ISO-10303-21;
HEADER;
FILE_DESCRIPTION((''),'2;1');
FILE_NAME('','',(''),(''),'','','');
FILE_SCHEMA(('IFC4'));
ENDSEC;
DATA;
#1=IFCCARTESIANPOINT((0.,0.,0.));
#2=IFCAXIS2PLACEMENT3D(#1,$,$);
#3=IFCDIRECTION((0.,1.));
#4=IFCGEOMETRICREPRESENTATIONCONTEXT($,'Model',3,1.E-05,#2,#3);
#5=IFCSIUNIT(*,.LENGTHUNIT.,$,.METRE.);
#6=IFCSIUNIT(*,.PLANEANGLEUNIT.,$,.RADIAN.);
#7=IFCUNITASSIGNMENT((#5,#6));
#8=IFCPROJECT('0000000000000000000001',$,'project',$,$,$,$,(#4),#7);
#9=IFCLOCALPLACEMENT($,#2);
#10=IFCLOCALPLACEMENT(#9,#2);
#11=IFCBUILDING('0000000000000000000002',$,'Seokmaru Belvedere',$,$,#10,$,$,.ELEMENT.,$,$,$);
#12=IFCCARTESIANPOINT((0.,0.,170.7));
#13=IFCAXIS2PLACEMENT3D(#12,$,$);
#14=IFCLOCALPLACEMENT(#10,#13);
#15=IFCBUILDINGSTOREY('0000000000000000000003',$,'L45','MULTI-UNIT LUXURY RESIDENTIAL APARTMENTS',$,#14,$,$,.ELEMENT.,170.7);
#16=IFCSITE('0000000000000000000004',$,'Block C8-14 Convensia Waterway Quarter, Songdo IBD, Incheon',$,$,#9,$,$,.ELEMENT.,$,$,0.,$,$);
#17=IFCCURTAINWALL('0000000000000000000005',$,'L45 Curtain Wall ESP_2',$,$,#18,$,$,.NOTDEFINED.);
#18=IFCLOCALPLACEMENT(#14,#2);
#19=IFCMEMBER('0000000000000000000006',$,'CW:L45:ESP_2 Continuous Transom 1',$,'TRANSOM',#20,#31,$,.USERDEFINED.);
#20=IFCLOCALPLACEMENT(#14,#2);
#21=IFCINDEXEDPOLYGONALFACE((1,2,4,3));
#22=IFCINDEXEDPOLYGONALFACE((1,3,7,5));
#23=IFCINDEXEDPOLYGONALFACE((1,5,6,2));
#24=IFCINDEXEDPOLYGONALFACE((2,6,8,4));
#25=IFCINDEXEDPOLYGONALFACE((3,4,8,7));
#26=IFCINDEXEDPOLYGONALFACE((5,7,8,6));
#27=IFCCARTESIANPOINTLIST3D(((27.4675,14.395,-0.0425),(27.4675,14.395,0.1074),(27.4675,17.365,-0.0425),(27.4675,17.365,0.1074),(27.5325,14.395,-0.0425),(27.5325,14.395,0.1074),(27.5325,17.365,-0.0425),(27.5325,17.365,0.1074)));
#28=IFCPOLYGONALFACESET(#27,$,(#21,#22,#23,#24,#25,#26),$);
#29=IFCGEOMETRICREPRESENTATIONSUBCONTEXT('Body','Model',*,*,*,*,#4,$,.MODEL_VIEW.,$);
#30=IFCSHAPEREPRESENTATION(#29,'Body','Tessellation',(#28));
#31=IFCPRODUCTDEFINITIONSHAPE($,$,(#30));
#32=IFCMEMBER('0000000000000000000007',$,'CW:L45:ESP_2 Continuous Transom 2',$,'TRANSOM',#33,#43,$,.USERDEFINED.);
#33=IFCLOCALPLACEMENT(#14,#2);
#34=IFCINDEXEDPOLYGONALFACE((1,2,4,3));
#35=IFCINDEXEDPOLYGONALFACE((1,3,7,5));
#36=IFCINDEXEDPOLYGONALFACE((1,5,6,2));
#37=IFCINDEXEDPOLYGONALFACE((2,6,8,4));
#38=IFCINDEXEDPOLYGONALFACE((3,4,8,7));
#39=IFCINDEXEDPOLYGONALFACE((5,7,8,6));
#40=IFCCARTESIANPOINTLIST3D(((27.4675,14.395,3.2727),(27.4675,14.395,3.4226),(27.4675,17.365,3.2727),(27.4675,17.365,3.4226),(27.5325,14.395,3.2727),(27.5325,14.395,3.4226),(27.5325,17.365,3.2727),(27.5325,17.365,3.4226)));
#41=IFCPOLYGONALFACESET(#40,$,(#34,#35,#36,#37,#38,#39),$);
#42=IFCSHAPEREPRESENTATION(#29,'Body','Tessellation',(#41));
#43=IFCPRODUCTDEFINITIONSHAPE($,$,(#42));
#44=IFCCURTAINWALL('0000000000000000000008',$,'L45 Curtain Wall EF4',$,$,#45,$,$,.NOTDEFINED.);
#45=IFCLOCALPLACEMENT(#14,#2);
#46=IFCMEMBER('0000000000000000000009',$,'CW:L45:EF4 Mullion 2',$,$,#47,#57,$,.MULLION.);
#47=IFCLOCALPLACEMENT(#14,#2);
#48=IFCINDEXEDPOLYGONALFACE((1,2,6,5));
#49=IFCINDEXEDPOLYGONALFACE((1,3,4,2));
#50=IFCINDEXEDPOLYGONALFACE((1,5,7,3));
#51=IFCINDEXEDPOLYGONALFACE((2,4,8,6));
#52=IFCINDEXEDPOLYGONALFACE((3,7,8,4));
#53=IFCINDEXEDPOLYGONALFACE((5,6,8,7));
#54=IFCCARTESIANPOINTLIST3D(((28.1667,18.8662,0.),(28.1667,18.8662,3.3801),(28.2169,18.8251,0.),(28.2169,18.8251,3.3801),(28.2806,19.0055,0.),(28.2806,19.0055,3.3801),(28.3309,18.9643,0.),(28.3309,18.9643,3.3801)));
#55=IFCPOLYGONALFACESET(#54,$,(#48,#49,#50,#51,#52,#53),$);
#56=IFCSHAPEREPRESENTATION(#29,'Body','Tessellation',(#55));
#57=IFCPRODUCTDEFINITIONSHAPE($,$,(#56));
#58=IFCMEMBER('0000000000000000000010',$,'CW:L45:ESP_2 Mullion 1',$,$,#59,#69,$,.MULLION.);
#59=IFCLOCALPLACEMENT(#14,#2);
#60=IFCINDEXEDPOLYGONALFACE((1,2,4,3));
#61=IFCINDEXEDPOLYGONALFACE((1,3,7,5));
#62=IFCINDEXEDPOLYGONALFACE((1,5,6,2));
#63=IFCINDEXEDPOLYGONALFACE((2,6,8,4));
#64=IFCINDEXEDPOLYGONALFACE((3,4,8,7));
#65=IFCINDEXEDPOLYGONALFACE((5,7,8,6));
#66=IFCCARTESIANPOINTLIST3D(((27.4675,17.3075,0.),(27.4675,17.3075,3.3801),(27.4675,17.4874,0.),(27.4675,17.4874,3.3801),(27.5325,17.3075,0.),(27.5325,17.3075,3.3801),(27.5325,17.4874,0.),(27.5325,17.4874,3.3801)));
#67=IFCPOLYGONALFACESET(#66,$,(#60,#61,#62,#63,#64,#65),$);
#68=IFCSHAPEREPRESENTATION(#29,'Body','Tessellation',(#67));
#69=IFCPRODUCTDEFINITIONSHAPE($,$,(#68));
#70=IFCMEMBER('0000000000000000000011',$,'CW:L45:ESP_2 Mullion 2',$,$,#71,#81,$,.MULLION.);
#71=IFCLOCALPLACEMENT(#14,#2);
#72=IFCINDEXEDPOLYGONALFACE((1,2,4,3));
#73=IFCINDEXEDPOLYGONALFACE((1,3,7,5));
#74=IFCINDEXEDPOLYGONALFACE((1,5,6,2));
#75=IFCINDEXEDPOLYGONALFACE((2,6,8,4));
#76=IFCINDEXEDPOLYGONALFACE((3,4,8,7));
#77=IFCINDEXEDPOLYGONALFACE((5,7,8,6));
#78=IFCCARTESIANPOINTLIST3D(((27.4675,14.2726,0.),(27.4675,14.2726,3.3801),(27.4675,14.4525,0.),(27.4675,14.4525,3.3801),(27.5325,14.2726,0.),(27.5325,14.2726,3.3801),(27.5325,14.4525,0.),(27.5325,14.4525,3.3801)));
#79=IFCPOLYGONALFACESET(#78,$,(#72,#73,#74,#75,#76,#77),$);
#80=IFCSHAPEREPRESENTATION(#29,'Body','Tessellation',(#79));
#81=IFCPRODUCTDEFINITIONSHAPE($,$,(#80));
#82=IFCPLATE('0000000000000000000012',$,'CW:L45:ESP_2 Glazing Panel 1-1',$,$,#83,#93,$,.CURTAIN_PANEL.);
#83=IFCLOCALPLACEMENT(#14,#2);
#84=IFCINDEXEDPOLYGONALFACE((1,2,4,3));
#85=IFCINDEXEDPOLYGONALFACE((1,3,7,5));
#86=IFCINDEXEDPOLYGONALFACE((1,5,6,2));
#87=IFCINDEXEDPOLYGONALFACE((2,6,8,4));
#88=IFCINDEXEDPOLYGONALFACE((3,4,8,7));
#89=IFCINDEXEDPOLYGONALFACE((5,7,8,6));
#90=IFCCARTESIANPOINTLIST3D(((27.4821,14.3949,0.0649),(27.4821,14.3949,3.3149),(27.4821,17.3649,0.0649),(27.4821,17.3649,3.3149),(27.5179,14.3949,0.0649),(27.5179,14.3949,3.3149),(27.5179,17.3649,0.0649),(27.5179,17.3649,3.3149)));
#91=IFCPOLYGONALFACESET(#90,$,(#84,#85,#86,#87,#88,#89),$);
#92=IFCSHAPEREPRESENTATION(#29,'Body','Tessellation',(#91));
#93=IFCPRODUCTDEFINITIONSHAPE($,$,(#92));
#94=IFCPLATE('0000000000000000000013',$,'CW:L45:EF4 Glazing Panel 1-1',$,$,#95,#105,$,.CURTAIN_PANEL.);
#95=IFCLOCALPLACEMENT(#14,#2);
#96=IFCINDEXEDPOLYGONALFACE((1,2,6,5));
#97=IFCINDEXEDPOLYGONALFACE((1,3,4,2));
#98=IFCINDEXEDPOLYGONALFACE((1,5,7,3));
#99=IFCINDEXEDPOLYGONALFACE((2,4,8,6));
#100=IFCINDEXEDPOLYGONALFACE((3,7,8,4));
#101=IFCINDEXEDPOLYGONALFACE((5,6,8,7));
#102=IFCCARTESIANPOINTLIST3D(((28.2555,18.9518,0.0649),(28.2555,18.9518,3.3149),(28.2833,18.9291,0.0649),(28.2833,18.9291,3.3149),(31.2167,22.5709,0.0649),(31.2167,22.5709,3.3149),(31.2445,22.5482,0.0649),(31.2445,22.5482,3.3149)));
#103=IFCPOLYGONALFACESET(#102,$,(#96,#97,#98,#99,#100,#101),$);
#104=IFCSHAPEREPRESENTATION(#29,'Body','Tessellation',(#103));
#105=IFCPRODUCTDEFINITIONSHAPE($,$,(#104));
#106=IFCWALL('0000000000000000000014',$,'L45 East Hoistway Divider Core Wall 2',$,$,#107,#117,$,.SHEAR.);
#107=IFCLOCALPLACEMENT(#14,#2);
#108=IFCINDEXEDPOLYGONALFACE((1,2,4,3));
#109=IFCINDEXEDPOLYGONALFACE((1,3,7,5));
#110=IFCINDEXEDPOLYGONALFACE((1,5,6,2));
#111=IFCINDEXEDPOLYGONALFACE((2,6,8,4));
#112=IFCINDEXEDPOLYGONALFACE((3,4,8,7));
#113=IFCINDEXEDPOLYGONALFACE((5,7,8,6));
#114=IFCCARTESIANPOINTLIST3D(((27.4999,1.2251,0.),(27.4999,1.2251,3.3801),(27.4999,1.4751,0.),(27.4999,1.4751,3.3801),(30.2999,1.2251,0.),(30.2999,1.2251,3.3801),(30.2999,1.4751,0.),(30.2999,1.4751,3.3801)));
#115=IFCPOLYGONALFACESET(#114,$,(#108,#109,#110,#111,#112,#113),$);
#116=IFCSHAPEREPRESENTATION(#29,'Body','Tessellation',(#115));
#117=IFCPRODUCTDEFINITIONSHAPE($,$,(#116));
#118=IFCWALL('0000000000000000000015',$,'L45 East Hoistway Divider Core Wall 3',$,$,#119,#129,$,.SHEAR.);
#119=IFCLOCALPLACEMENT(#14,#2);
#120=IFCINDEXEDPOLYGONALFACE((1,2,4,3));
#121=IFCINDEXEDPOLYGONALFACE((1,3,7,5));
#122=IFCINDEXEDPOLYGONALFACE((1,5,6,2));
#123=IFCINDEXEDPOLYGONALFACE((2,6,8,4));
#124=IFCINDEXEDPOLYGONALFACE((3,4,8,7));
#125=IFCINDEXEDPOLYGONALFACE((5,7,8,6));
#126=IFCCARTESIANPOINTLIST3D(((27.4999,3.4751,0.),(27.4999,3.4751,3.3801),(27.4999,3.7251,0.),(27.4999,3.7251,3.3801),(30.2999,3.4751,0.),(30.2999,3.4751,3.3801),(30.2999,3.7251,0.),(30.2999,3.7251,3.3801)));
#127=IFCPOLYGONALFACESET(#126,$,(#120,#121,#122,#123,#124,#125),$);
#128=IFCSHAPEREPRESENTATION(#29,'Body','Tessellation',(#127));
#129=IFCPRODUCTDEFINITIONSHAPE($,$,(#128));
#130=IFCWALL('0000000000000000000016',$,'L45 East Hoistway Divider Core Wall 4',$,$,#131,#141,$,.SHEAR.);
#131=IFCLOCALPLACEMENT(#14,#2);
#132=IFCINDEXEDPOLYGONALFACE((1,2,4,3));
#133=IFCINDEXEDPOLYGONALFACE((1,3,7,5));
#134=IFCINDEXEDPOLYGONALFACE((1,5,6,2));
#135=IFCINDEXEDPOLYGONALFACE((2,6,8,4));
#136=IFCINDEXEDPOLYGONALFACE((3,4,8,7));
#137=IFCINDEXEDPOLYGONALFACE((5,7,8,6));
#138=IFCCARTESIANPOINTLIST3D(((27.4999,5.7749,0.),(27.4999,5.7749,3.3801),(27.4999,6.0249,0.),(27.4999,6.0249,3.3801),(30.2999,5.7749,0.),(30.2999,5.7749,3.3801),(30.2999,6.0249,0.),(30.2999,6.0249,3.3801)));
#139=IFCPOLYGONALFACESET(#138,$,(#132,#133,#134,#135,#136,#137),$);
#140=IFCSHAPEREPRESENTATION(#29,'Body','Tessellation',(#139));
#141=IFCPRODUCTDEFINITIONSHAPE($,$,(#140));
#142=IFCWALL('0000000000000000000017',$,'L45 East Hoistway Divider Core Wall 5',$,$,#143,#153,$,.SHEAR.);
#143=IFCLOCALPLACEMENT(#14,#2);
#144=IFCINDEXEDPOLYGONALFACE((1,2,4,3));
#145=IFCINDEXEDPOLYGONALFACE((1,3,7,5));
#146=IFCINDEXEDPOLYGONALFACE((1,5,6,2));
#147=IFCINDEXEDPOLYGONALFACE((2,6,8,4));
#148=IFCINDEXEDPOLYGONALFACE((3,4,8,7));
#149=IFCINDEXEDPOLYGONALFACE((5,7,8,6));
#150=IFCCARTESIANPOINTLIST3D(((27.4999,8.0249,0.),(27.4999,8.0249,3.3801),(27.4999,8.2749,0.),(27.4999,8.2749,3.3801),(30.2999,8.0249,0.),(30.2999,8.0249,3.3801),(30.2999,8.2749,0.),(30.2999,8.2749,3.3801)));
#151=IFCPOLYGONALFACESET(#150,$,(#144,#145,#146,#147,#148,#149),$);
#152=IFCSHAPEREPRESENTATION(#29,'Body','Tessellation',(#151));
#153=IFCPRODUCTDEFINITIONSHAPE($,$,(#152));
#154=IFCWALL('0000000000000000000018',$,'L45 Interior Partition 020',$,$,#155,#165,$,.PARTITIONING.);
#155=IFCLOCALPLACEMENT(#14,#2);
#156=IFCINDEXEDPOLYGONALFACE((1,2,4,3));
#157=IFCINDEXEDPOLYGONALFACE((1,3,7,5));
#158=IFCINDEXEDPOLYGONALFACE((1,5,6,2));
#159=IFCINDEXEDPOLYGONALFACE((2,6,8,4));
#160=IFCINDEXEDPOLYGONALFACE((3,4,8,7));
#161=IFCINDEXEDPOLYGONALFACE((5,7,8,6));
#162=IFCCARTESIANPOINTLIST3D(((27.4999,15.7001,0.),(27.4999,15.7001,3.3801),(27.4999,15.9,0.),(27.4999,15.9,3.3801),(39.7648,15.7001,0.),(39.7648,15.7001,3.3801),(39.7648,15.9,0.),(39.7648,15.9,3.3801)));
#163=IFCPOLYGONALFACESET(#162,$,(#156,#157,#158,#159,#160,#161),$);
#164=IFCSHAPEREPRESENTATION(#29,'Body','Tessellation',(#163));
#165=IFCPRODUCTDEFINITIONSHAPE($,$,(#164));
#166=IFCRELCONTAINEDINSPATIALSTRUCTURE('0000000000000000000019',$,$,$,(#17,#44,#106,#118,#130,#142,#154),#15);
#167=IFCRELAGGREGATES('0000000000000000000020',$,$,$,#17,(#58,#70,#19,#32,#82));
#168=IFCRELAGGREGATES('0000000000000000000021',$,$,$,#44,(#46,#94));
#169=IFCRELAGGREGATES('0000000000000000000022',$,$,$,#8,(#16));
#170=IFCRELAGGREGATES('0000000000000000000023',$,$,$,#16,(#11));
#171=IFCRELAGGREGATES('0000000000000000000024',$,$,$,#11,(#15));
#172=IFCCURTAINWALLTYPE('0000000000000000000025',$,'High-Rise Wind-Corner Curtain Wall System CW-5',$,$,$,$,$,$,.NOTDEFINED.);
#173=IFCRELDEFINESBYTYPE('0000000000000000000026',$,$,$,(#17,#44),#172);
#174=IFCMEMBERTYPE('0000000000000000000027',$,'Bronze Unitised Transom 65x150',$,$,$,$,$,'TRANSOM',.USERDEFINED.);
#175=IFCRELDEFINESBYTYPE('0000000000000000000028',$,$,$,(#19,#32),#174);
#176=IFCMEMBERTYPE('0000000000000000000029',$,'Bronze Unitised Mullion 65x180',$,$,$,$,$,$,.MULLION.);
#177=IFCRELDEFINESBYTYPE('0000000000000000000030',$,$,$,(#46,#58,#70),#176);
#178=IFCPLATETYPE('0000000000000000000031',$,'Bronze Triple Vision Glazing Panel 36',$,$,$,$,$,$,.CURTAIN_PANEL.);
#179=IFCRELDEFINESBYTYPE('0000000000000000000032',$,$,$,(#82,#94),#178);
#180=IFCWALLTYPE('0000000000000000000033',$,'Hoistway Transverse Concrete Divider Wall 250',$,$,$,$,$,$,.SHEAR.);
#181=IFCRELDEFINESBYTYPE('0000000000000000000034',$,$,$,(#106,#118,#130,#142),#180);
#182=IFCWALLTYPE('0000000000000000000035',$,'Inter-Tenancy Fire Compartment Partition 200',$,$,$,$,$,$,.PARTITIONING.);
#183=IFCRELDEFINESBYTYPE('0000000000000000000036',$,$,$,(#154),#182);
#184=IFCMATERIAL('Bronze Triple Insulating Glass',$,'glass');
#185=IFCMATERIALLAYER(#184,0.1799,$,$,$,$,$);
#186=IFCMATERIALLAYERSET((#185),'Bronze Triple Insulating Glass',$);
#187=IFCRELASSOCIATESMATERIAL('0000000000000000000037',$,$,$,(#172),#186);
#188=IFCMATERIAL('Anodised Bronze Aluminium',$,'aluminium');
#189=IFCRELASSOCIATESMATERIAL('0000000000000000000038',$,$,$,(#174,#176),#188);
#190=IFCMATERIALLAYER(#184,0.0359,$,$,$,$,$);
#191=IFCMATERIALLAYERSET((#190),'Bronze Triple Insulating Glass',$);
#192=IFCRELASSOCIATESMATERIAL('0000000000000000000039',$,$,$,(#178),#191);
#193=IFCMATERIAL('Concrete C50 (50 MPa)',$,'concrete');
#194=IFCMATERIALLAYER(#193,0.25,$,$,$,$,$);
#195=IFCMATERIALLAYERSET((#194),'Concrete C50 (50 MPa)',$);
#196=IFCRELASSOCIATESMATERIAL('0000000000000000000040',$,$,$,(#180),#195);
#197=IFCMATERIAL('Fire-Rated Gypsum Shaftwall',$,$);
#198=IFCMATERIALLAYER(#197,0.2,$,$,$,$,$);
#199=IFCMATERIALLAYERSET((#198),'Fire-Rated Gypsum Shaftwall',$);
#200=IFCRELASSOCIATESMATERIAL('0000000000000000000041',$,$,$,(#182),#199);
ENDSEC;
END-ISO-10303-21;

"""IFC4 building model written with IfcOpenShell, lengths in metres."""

from ifc_helpers import new_model, si_unit, direction, frame, frame_2d, origin, origin_2d, place, context, subcontext, project, spatial, rectangle, extrude, source, transform, mapped, material, layer, layer_set, material_profile, profile_set, type_object, type_shapes, element, aggregate, save


model = new_model("IFC4")

# Units and contexts
model_context = context("Model", 3, precision=1e-05, world=origin(), true_north=direction((0.0, 1.0)))
body_context = subcontext(model_context, "Body", "Model", "MODEL_VIEW")
ifc_project = project(units=[si_unit("LENGTHUNIT", "METRE"), si_unit("PLANEANGLEUNIT", "RADIAN")], contexts=[model_context])

# Site, building, storey
site_placement = place(None, origin())
site = spatial("IfcSite", under=ifc_project, at=site_placement, Name="Block C8-14 Convensia Waterway Quarter, Songdo IBD, Incheon", CompositionType="ELEMENT", RefElevation=0.0)
building_placement = place(site_placement, origin())
building = spatial("IfcBuilding", under=site, at=building_placement, Name="Seokmaru Belvedere", CompositionType="ELEMENT")
storey_placement = place(building_placement, frame((0.0, 0.0, 170.7)))
storey = spatial("IfcBuildingStorey", under=building, at=storey_placement, Name="L45", Description="MULTI-UNIT LUXURY RESIDENTIAL APARTMENTS", CompositionType="ELEMENT", Elevation=170.7)

# Curtain wall, members
ifc_material_1 = material(Name="Bronze Triple Insulating Glass", Category="glass")
ifc_layer_1 = layer(ifc_material_1, 0.1799)
ifc_layer_set_1 = layer_set([ifc_layer_1], Name="Bronze Triple Insulating Glass")
curtain_wall_type = type_object("IfcCurtainWallType", Name="High-Rise Wind-Corner Curtain Wall System CW-5", PredefinedType="NOTDEFINED", material=ifc_layer_set_1)
curtain_wall_1_placement = place(storey_placement, origin())
curtain_wall_1 = element("IfcCurtainWall", 1, at=curtain_wall_1_placement, inside=storey, type_object=curtain_wall_type, Name="L45 Curtain Wall ESP_2", PredefinedType="NOTDEFINED")
ifc_material_2 = material(Name="Anodised Bronze Aluminium", Category="aluminium")
ifc_material_profile_1 = material_profile(ifc_material_2, rectangle(XDim=0.0649, YDim=0.1499, at=origin_2d()), Name="CW-T-65x150")
ifc_profile_set_1 = profile_set([ifc_material_profile_1], Name="Anodised Bronze Aluminium")
member_type_1 = type_object("IfcMemberType", Name="Bronze Unitised Transom 65x150", ElementType="TRANSOM", PredefinedType="USERDEFINED", material=ifc_profile_set_1)
shared_shape_1 = source(origin(), body_context, "Body", "SweptSolid", [
    extrude(rectangle(XDim=0.0649, YDim=0.1499, at=origin_2d()), origin(), (0.0, 0.0, 1.0), 2.97),
])
type_shapes(member_type_1, [shared_shape_1])
member_1_placement = place(storey_placement, frame((27.5, 17.365, 0.0325), z_axis=(0.0, -1.0, 0.0), x_axis=(1.0, 0.0, 0.0)))
member_1 = element("IfcMember", 2, at=member_1_placement, type_object=member_type_1, Name="CW:L45:ESP_2 Continuous Transom 1", ObjectType="TRANSOM", PredefinedType="USERDEFINED", context=body_context, shape_type="MappedRepresentation", body=[
    mapped(shared_shape_1, transform((0.0, 0.0, 0.0), scale=1.0)),
])
member_2_placement = place(storey_placement, frame((27.5, 17.365, 3.3477), z_axis=(0.0, -1.0, 0.0), x_axis=(1.0, 0.0, 0.0)))
member_2 = element("IfcMember", 3, at=member_2_placement, type_object=member_type_1, Name="CW:L45:ESP_2 Continuous Transom 2", ObjectType="TRANSOM", PredefinedType="USERDEFINED", context=body_context, shape_type="MappedRepresentation", body=[
    mapped(shared_shape_1, transform((0.0, 0.0, 0.0), scale=1.0)),
])

# Curtain wall, member
curtain_wall_2_placement = place(storey_placement, origin())
curtain_wall_2 = element("IfcCurtainWall", 4, at=curtain_wall_2_placement, inside=storey, type_object=curtain_wall_type, Name="L45 Curtain Wall EF4", PredefinedType="NOTDEFINED")
ifc_material_profile_2 = material_profile(ifc_material_2, rectangle(XDim=0.0649, YDim=0.1799, at=origin_2d()), Name="CW-M-65x180")
ifc_profile_set_2 = profile_set([ifc_material_profile_2], Name="Anodised Bronze Aluminium")
member_type_2 = type_object("IfcMemberType", Name="Bronze Unitised Mullion 65x180", PredefinedType="MULLION", material=ifc_profile_set_2)
shared_shape_2 = source(origin(), body_context, "Body", "SweptSolid", [
    extrude(rectangle(XDim=0.0649, YDim=0.1799, at=origin_2d()), origin(), (0.0, 0.0, 1.0), 3.3801),
])
type_shapes(member_type_2, [shared_shape_2])
member_3_placement = place(storey_placement, frame((28.2488, 18.9153, 0.0), z_axis=(0.0, 0.0, 1.0), x_axis=(0.773944, -0.633254, 0.0)))
member_3 = element("IfcMember", 5, at=member_3_placement, type_object=member_type_2, Name="CW:L45:EF4 Mullion 2", PredefinedType="MULLION", context=body_context, shape_type="MappedRepresentation", body=[
    mapped(shared_shape_2, transform((0.0, 0.0, 0.0), scale=1.0)),
])

# Members
member_4_placement = place(storey_placement, frame((27.5, 17.3975, 0.0), z_axis=(0.0, 0.0, 1.0), x_axis=(1.0, 0.0, 0.0)))
member_4 = element("IfcMember", 6, at=member_4_placement, type_object=member_type_2, Name="CW:L45:ESP_2 Mullion 1", PredefinedType="MULLION", context=body_context, shape_type="MappedRepresentation", body=[
    mapped(shared_shape_2, transform((0.0, 0.0, 0.0), scale=1.0)),
])
member_5_placement = place(storey_placement, frame((27.5, 14.3625, 0.0), z_axis=(0.0, 0.0, 1.0), x_axis=(1.0, 0.0, 0.0)))
member_5 = element("IfcMember", 7, at=member_5_placement, type_object=member_type_2, Name="CW:L45:ESP_2 Mullion 2", PredefinedType="MULLION", context=body_context, shape_type="MappedRepresentation", body=[
    mapped(shared_shape_2, transform((0.0, 0.0, 0.0), scale=1.0)),
])

# Plates
ifc_layer_2 = layer(ifc_material_1, 0.0359)
ifc_layer_set_2 = layer_set([ifc_layer_2], Name="Bronze Triple Insulating Glass")
plate_type = type_object("IfcPlateType", Name="Bronze Triple Vision Glazing Panel 36", PredefinedType="CURTAIN_PANEL", material=ifc_layer_set_2)
shared_shape_3 = source(origin(), body_context, "Body", "SweptSolid", [
    extrude(rectangle(XDim=2.97, YDim=0.0359, at=origin_2d()), origin(), (0.0, 0.0, 1.0), 3.25),
])
plate_1_placement = place(storey_placement, frame((27.5, 15.8799, 0.0649), z_axis=(0.0, 0.0, 1.0), x_axis=(0.0, -1.0, 0.0)))
plate_1 = element("IfcPlate", 8, at=plate_1_placement, type_object=plate_type, Name="CW:L45:ESP_2 Glazing Panel 1-1", PredefinedType="CURTAIN_PANEL", context=body_context, shape_type="MappedRepresentation", body=[
    mapped(shared_shape_3, transform((0.0, 0.0, 0.0), scale=1.0)),
])
aggregate(curtain_wall_1, [member_4, member_5, member_1, member_2, plate_1])
shared_shape_4 = source(origin(), body_context, "Body", "SweptSolid", [
    extrude(rectangle(XDim=4.6763, YDim=0.0359, at=origin_2d()), origin(), (0.0, 0.0, 1.0), 3.25),
])
type_shapes(plate_type, [shared_shape_3, shared_shape_4])
plate_2_placement = place(storey_placement, frame((29.75, 20.75, 0.0649), z_axis=(0.0, 0.0, 1.0), x_axis=(-0.633254, -0.773944, 0.0)))
plate_2 = element("IfcPlate", 9, at=plate_2_placement, type_object=plate_type, Name="CW:L45:EF4 Glazing Panel 1-1", PredefinedType="CURTAIN_PANEL", context=body_context, shape_type="MappedRepresentation", body=[
    mapped(shared_shape_4, transform((0.0, 0.0, 0.0), scale=1.0)),
])
aggregate(curtain_wall_2, [member_3, plate_2])

# Walls
ifc_material_3 = material(Name="Concrete C50 (50 MPa)", Category="concrete")
ifc_layer_3 = layer(ifc_material_3, 0.25)
ifc_layer_set_3 = layer_set([ifc_layer_3], Name="Concrete C50 (50 MPa)")
wall_type_1 = type_object("IfcWallType", Name="Hoistway Transverse Concrete Divider Wall 250", PredefinedType="SHEAR", material=ifc_layer_set_3)
for number, where, z_axis, x_axis, name in (
    (10, (27.5, 1.3501, 0.0), (0.0, 0.0, 1.0), (1.0, 0.0, 0.0), "L45 East Hoistway Divider Core Wall 2"),
    (11, (27.5, 3.6001, 0.0), (0.0, 0.0, 1.0), (1.0, 0.0, 0.0), "L45 East Hoistway Divider Core Wall 3"),
    (12, (27.5, 5.8999, 0.0), (0.0, 0.0, 1.0), (1.0, 0.0, 0.0), "L45 East Hoistway Divider Core Wall 4"),
    (13, (27.5, 8.1499, 0.0), (0.0, 0.0, 1.0), (1.0, 0.0, 0.0), "L45 East Hoistway Divider Core Wall 5"),
):
    element("IfcWall", number, at=place(storey_placement, frame(where, z_axis=z_axis, x_axis=x_axis)), inside=storey, type_object=wall_type_1, Name=name, PredefinedType="SHEAR", context=body_context, shape_type="SweptSolid", body=[
        extrude(rectangle(XDim=2.8, YDim=0.25, at=frame_2d((1.3999, 0.0))), origin(), (0.0, 0.0, 1.0), 3.3801),
    ])
ifc_material_4 = material(Name="Fire-Rated Gypsum Shaftwall")
ifc_layer_4 = layer(ifc_material_4, 0.2)
ifc_layer_set_4 = layer_set([ifc_layer_4], Name="Fire-Rated Gypsum Shaftwall")
wall_type_2 = type_object("IfcWallType", Name="Inter-Tenancy Fire Compartment Partition 200", PredefinedType="PARTITIONING", material=ifc_layer_set_4)
wall_1_placement = place(storey_placement, frame((27.5, 15.8, 0.0), z_axis=(0.0, 0.0, 1.0), x_axis=(1.0, 0.0, 0.0)))
element("IfcWall", 14, at=wall_1_placement, inside=storey, type_object=wall_type_2, Name="L45 Interior Partition 020", PredefinedType="PARTITIONING", context=body_context, shape_type="SweptSolid", body=[
    extrude(rectangle(XDim=12.2649, YDim=0.2, at=frame_2d((6.1323, 0.0))), origin(), (0.0, 0.0, 1.0), 3.3801),
])

save(model, "model.ifc")
